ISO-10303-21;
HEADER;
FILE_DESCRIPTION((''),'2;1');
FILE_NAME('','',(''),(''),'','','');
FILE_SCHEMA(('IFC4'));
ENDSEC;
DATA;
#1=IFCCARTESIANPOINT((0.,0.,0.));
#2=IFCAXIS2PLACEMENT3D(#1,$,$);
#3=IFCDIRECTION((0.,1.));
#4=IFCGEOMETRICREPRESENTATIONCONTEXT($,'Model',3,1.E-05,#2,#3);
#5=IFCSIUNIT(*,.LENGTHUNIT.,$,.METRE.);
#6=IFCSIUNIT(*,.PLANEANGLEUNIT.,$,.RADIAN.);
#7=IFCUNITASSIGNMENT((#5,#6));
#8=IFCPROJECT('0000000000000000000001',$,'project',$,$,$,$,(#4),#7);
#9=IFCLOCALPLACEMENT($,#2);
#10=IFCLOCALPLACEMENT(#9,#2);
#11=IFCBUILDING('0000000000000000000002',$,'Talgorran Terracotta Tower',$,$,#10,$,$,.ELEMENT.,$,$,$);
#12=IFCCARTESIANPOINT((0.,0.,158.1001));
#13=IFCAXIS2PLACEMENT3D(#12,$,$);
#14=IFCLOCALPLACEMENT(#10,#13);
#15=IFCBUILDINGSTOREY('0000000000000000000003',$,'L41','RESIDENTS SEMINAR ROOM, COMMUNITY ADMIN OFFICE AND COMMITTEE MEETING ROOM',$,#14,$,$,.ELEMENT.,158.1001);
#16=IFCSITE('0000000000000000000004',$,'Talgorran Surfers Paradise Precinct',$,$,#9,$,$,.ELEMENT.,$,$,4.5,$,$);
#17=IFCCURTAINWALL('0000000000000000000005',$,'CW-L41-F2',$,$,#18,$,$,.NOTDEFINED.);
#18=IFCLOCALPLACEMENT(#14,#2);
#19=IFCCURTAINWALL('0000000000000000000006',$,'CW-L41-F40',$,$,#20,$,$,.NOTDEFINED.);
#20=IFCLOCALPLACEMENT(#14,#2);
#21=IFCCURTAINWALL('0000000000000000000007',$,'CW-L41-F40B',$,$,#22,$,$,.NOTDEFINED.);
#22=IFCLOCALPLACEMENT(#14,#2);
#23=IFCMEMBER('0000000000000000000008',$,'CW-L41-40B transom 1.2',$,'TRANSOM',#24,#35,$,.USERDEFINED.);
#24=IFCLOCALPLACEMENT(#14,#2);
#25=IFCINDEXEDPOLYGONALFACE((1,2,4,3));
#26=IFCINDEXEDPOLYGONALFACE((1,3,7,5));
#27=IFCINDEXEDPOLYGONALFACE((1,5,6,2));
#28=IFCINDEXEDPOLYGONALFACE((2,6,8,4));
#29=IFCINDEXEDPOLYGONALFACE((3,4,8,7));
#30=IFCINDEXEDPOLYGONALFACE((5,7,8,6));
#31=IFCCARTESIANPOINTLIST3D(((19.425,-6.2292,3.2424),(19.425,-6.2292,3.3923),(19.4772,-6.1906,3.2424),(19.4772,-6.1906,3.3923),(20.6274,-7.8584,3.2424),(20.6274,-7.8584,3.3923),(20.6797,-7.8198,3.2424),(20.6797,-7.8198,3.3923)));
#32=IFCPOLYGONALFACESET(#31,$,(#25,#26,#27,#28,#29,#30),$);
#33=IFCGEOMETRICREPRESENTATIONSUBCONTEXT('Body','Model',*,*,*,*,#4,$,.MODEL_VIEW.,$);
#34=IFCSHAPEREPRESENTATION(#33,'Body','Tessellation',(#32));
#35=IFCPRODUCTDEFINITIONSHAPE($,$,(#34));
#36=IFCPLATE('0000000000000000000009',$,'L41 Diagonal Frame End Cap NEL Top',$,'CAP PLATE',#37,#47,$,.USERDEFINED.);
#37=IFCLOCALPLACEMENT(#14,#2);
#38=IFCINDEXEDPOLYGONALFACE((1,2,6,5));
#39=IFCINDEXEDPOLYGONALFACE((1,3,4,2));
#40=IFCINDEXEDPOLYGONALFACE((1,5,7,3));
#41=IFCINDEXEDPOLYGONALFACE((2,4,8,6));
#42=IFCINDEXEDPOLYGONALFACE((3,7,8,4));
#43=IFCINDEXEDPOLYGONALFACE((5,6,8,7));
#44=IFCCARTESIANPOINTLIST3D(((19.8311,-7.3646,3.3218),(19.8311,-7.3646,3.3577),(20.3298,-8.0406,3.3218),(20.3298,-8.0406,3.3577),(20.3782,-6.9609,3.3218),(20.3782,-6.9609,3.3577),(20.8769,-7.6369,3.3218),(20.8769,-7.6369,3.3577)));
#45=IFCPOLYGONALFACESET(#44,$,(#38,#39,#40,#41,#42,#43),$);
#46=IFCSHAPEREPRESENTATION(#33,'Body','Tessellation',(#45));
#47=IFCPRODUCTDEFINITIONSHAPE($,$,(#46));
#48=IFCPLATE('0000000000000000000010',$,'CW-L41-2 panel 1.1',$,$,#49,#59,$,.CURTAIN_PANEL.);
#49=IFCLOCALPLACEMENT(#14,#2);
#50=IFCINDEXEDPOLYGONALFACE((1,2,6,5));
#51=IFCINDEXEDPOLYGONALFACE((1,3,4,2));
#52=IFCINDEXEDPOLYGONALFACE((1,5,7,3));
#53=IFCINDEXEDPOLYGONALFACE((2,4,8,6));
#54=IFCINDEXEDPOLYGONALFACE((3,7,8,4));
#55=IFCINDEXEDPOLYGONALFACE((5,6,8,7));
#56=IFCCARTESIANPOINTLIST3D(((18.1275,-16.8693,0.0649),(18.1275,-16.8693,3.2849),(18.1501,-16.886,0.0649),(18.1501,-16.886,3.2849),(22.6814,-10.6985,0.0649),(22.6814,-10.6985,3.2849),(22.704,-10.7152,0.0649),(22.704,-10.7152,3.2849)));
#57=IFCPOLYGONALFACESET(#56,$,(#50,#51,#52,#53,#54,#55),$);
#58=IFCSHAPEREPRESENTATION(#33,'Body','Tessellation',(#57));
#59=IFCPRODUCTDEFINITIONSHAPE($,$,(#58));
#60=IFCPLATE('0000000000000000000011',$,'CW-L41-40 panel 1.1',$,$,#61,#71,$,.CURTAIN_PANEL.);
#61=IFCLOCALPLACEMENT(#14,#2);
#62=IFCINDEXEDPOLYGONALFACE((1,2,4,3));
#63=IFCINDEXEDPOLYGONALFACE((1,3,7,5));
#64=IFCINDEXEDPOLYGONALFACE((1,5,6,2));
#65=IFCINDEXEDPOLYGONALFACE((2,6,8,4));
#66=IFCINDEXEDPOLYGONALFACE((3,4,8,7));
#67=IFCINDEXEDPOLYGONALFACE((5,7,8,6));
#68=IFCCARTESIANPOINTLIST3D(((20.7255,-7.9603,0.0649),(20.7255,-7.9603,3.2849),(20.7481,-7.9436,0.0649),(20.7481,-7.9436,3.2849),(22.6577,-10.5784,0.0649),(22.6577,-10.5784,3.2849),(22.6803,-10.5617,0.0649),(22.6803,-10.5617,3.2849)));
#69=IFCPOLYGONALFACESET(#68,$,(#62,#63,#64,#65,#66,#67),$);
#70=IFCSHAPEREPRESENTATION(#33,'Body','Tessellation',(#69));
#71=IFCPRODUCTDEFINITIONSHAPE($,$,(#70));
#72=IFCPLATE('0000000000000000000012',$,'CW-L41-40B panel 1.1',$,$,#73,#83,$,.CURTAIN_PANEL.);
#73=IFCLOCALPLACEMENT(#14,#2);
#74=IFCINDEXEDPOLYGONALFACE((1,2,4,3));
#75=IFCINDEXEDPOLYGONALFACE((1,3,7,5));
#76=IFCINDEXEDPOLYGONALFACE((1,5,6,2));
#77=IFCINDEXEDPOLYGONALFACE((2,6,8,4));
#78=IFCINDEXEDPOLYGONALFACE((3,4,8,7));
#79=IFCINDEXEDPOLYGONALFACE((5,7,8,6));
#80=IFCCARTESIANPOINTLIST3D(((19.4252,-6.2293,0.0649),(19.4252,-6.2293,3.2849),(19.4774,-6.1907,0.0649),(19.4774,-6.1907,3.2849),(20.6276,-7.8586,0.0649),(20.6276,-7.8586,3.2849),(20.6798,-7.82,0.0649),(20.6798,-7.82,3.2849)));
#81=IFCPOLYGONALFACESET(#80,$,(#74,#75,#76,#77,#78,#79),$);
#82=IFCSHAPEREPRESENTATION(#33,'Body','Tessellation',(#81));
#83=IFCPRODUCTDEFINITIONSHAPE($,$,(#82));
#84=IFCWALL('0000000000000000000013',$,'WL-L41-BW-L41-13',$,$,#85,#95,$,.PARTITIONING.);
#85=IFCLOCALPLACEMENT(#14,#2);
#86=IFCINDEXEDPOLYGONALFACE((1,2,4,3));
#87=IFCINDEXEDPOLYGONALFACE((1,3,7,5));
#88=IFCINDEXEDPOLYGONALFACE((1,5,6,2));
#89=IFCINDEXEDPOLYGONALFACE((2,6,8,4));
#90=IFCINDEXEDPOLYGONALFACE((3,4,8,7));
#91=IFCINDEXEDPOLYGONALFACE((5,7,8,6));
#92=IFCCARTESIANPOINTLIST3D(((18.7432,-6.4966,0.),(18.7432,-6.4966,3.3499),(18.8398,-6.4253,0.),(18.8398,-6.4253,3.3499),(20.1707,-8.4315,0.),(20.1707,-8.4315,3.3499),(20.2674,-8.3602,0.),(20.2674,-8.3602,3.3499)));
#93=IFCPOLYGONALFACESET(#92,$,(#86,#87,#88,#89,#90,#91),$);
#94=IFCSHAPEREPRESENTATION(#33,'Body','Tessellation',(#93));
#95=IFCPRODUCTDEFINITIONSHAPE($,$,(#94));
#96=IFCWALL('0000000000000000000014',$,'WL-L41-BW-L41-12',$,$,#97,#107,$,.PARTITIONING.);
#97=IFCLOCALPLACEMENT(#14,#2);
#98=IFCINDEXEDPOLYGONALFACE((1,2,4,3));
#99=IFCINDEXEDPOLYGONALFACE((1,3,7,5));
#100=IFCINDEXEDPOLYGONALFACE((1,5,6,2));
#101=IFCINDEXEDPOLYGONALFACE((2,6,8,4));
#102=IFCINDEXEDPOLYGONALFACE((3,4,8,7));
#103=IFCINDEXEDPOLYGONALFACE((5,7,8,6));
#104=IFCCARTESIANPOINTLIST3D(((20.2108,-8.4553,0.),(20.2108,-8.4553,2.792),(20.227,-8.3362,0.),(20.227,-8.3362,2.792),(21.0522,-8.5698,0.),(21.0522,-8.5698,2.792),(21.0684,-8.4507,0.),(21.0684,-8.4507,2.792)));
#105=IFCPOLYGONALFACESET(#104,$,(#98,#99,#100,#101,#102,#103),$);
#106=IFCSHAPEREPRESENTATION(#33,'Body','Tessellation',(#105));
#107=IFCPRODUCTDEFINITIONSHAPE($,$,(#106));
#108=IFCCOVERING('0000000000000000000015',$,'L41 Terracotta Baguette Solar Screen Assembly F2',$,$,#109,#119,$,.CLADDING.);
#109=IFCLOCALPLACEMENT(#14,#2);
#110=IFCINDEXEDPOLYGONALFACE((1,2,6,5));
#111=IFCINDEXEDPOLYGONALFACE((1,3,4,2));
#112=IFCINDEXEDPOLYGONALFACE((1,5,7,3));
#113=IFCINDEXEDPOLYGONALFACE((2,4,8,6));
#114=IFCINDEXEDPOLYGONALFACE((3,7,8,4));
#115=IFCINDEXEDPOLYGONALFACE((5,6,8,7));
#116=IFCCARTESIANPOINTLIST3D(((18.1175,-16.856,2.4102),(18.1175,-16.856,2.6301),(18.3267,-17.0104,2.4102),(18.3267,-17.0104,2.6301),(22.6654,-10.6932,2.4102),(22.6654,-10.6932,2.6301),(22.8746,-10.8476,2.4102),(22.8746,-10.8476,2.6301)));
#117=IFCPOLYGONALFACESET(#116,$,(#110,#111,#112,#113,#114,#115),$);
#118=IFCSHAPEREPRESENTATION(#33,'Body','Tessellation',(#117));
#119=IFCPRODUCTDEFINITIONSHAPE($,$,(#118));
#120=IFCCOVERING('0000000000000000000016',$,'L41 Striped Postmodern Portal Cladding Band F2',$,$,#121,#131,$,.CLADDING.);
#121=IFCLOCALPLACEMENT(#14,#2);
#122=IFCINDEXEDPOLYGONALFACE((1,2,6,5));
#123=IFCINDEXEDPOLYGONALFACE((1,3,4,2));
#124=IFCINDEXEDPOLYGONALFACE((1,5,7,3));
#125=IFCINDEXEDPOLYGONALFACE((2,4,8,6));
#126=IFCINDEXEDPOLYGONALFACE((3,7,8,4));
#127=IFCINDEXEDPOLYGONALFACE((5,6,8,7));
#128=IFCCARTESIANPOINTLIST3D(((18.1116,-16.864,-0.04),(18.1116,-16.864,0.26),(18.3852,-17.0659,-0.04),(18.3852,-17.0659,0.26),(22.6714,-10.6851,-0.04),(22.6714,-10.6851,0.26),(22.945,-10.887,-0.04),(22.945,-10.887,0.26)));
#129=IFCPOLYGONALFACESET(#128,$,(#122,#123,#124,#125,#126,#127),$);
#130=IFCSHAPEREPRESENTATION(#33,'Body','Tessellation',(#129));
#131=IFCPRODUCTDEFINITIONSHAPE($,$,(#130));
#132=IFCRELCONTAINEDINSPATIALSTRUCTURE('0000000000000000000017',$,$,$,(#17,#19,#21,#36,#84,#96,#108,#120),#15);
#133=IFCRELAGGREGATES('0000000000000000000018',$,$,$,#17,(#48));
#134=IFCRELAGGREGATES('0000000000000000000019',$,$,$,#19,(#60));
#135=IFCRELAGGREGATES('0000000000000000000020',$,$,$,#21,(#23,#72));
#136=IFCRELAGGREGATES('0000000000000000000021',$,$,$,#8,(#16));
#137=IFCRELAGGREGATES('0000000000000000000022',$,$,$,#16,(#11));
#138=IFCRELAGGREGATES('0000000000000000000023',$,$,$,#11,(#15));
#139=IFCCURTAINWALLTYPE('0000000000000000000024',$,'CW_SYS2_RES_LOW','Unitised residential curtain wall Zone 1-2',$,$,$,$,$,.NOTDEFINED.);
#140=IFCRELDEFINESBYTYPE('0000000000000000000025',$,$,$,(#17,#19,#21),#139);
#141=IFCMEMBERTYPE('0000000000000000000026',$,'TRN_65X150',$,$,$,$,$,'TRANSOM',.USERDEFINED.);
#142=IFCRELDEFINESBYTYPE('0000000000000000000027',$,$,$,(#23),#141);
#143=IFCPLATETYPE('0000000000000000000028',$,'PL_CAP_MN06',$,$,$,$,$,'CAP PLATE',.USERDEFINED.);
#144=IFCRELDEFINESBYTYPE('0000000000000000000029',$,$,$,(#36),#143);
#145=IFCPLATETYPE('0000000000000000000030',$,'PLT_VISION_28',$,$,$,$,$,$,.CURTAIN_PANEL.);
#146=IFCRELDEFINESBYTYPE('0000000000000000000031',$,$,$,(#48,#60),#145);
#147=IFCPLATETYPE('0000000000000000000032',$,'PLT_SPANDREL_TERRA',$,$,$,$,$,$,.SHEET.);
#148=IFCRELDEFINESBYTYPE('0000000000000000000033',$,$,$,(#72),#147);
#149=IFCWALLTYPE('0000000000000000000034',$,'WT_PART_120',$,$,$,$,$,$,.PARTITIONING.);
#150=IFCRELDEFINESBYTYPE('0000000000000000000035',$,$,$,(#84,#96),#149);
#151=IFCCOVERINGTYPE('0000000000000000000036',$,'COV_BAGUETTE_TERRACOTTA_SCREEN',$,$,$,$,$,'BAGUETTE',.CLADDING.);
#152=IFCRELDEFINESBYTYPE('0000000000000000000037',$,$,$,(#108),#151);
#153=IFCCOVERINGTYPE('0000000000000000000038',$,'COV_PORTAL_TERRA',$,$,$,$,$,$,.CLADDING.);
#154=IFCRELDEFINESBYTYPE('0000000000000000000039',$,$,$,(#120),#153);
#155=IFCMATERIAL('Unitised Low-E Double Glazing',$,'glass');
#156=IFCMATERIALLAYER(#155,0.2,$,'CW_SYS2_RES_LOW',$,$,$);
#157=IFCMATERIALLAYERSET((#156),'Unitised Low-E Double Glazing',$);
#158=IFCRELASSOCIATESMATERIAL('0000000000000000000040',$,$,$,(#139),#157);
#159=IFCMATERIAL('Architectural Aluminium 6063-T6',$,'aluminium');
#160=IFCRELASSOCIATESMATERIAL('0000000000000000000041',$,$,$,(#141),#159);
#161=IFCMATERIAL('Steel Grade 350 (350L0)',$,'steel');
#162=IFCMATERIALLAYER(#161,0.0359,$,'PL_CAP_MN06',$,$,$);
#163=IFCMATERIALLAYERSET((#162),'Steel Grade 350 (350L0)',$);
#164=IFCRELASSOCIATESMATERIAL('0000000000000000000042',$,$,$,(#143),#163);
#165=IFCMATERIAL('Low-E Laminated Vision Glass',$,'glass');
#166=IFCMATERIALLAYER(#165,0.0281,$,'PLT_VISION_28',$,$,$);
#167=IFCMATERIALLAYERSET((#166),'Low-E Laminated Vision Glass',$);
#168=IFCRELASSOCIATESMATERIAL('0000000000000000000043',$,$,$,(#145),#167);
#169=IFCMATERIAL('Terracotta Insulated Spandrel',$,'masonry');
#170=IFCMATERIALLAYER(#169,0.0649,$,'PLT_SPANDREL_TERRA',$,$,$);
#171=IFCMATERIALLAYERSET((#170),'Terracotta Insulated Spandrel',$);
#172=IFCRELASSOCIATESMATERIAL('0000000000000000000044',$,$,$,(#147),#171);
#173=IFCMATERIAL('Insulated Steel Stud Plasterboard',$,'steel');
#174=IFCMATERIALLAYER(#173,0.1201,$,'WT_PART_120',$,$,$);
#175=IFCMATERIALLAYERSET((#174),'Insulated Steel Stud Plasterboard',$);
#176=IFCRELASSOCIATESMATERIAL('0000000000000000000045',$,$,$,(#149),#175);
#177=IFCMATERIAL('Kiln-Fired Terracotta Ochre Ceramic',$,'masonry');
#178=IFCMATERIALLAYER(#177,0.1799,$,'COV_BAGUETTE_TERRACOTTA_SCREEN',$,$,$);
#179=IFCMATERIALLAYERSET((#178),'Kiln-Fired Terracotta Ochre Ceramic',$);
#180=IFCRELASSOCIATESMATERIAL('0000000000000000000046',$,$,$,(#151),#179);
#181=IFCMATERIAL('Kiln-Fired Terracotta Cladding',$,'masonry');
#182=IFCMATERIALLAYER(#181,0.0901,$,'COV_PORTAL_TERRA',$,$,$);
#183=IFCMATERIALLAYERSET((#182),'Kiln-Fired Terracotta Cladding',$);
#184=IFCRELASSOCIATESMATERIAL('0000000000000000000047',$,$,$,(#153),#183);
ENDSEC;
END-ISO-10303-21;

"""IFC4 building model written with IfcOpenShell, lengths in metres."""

from ifc_helpers import new_model, si_unit, direction, frame, frame_2d, origin, origin_2d, place, context, subcontext, project, spatial, rectangle, extrude, source, transform, mapped, material, layer, layer_set, material_profile, profile_set, type_object, type_shapes, element, aggregate, save


model = new_model("IFC4")

# Units and contexts
model_context = context("Model", 3, precision=1e-05, world=origin(), true_north=direction((0.0, 1.0)))
body_context = subcontext(model_context, "Body", "Model", "MODEL_VIEW")
ifc_project = project(units=[si_unit("LENGTHUNIT", "METRE"), si_unit("PLANEANGLEUNIT", "RADIAN")], contexts=[model_context])

# Site, building, storey
site_placement = place(None, origin())
site = spatial("IfcSite", under=ifc_project, at=site_placement, Name="Talgorran Surfers Paradise Precinct", CompositionType="ELEMENT", RefElevation=4.5)
building_placement = place(site_placement, origin())
building = spatial("IfcBuilding", under=site, at=building_placement, Name="Talgorran Terracotta Tower", CompositionType="ELEMENT")
storey_placement = place(building_placement, frame((0.0, 0.0, 158.1001)))
storey = spatial("IfcBuildingStorey", under=building, at=storey_placement, Name="L41", Description="RESIDENTS SEMINAR ROOM, COMMUNITY ADMIN OFFICE AND COMMITTEE MEETING ROOM", CompositionType="ELEMENT", Elevation=158.1001)

# Shared definitions
ifc_material_1 = material(Name="Steel Grade 350 (350L0)", Category="steel")

# Shared definitions
ifc_material_2 = material(Name="Unitised Low-E Double Glazing", Category="glass")
ifc_layer_1 = layer(ifc_material_2, 0.2, Name="CW_SYS2_RES_LOW")
ifc_layer_set_1 = layer_set([ifc_layer_1], Name="Unitised Low-E Double Glazing")
curtain_wall_type = type_object("IfcCurtainWallType", Name="CW_SYS2_RES_LOW", Description="Unitised residential curtain wall Zone 1-2", PredefinedType="NOTDEFINED", material=ifc_layer_set_1)
ifc_material_3 = material(Name="Architectural Aluminium 6063-T6", Category="aluminium")

# Curtain walls
curtain_wall_1_placement = place(storey_placement, origin())
curtain_wall_1 = element("IfcCurtainWall", 1, at=curtain_wall_1_placement, inside=storey, type_object=curtain_wall_type, Name="CW-L41-F2", PredefinedType="NOTDEFINED")
curtain_wall_2_placement = place(storey_placement, origin())
curtain_wall_2 = element("IfcCurtainWall", 2, at=curtain_wall_2_placement, inside=storey, type_object=curtain_wall_type, Name="CW-L41-F40", PredefinedType="NOTDEFINED")

# Curtain wall
curtain_wall_3_placement = place(storey_placement, origin())
curtain_wall_3 = element("IfcCurtainWall", 3, at=curtain_wall_3_placement, inside=storey, type_object=curtain_wall_type, Name="CW-L41-F40B", PredefinedType="NOTDEFINED")

# Member
ifc_material_profile_1 = material_profile(ifc_material_3, rectangle(XDim=0.0649, YDim=0.1499, at=origin_2d()), Name="CWT65X150")
ifc_profile_set_1 = profile_set([ifc_material_profile_1], Name="Architectural Aluminium 6063-T6")
member_type_1 = type_object("IfcMemberType", Name="TRN_65X150", ElementType="TRANSOM", PredefinedType="USERDEFINED", material=ifc_profile_set_1)
member_1_placement = place(storey_placement, frame((20.6536, -7.8391, 3.3174), z_axis=(-0.593828, 0.804592, 0.0), x_axis=(-0.804592, -0.593828, 0.0)))
member_1 = element("IfcMember", 4, at=member_1_placement, type_object=member_type_1, Name="CW-L41-40B transom 1.2", ObjectType="TRANSOM", PredefinedType="USERDEFINED", context=body_context, shape_type="SweptSolid", body=[
    extrude(rectangle(XDim=0.0649, YDim=0.1499, at=origin_2d()), origin(), (0.0, 0.0, 1.0), 2.0249),
])

# Plates
ifc_layer_2 = layer(ifc_material_1, 0.0359, Name="PL_CAP_MN06")
ifc_layer_set_2 = layer_set([ifc_layer_2], Name="Steel Grade 350 (350L0)")
plate_type_1 = type_object("IfcPlateType", Name="PL_CAP_MN06", ElementType="CAP PLATE", PredefinedType="USERDEFINED", material=ifc_layer_set_2)
plate_1_placement = place(storey_placement, frame((20.354, -7.5007, 3.3218), z_axis=(0.0, 0.0, 1.0), x_axis=(0.5937, -0.804687, 0.0)))
element("IfcPlate", 5, at=plate_1_placement, inside=storey, type_object=plate_type_1, Name="L41 Diagonal Frame End Cap NEL Top", ObjectType="CAP PLATE", PredefinedType="USERDEFINED", context=body_context, shape_type="SweptSolid", body=[
    extrude(rectangle(XDim=0.8401, YDim=0.6799, at=origin_2d()), origin(), (0.0, 0.0, 1.0), 0.0359),
])
ifc_material_4 = material(Name="Low-E Laminated Vision Glass", Category="glass")
ifc_layer_3 = layer(ifc_material_4, 0.0281, Name="PLT_VISION_28")
ifc_layer_set_3 = layer_set([ifc_layer_3], Name="Low-E Laminated Vision Glass")
plate_type_2 = type_object("IfcPlateType", Name="PLT_VISION_28", PredefinedType="CURTAIN_PANEL", material=ifc_layer_set_3)
shared_shape_1 = source(origin(), body_context, "Body", "SweptSolid", [
    extrude(rectangle(XDim=7.6692, YDim=0.0281, at=origin_2d()), origin(), (0.0, 0.0, 1.0), 3.22),
])
plate_2_placement = place(storey_placement, frame((20.4158, -13.7922, 0.0649), z_axis=(0.0, 0.0, 1.0), x_axis=(0.593791, 0.80462, 0.0)))
plate_2 = element("IfcPlate", 6, at=plate_2_placement, type_object=plate_type_2, Name="CW-L41-2 panel 1.1", PredefinedType="CURTAIN_PANEL", context=body_context, shape_type="MappedRepresentation", body=[
    mapped(shared_shape_1, transform((0.0, 0.0, 0.0), scale=1.0)),
])
aggregate(curtain_wall_1, [plate_2])
shared_shape_2 = source(origin(), body_context, "Body", "SweptSolid", [
    extrude(rectangle(XDim=3.2539, YDim=0.0281, at=origin_2d()), origin(), (0.0, 0.0, 1.0), 3.22),
])
type_shapes(plate_type_2, [shared_shape_1, shared_shape_2])
plate_3_placement = place(storey_placement, frame((21.7029, -9.261, 0.0649), z_axis=(0.0, 0.0, 1.0), x_axis=(-0.593798, 0.804614, 0.0)))
plate_3 = element("IfcPlate", 7, at=plate_3_placement, type_object=plate_type_2, Name="CW-L41-40 panel 1.1", PredefinedType="CURTAIN_PANEL", context=body_context, shape_type="MappedRepresentation", body=[
    mapped(shared_shape_2, transform((0.0, 0.0, 0.0), scale=1.0)),
])
aggregate(curtain_wall_2, [plate_3])
ifc_material_5 = material(Name="Terracotta Insulated Spandrel", Category="masonry")
ifc_layer_4 = layer(ifc_material_5, 0.0649, Name="PLT_SPANDREL_TERRA")
ifc_layer_set_4 = layer_set([ifc_layer_4], Name="Terracotta Insulated Spandrel")
plate_type_3 = type_object("IfcPlateType", Name="PLT_SPANDREL_TERRA", PredefinedType="SHEET", material=ifc_layer_set_4)
shared_shape_3 = source(origin(), body_context, "Body", "SweptSolid", [
    extrude(rectangle(XDim=2.0249, YDim=0.0649, at=origin_2d()), origin(), (0.0, 0.0, 1.0), 3.22),
])
type_shapes(plate_type_3, [shared_shape_3])
plate_4_placement = place(storey_placement, frame((20.0525, -7.0247, 0.0649), z_axis=(0.0, 0.0, 1.0), x_axis=(-0.593797, 0.804615, 0.0)))
plate_4 = element("IfcPlate", 8, at=plate_4_placement, type_object=plate_type_3, Name="CW-L41-40B panel 1.1", PredefinedType="CURTAIN_PANEL", context=body_context, shape_type="MappedRepresentation", body=[
    mapped(shared_shape_3, transform((0.0, 0.0, 0.0), scale=1.0)),
])
aggregate(curtain_wall_3, [member_1, plate_4])

# Walls
ifc_material_6 = material(Name="Insulated Steel Stud Plasterboard", Category="steel")
ifc_layer_5 = layer(ifc_material_6, 0.1201, Name="WT_PART_120")
ifc_layer_set_5 = layer_set([ifc_layer_5], Name="Insulated Steel Stud Plasterboard")
wall_type = type_object("IfcWallType", Name="WT_PART_120", PredefinedType="PARTITIONING", material=ifc_layer_set_5)
wall_1_placement = place(storey_placement, frame((20.219, -8.3958, 0.0), z_axis=(0.0, 0.0, 1.0), x_axis=(-0.593694, 0.804691, 0.0)))
element("IfcWall", 9, at=wall_1_placement, inside=storey, type_object=wall_type, Name="WL-L41-BW-L41-13", PredefinedType="PARTITIONING", context=body_context, shape_type="SweptSolid", body=[
    extrude(rectangle(XDim=2.4045, YDim=0.1201, at=frame_2d((1.2021, 0.0))), origin(), (0.0, 0.0, 1.0), 3.3499),
])
wall_2_placement = place(storey_placement, frame((21.0603, -8.5103, 0.0), z_axis=(0.0, 0.0, 1.0), x_axis=(-0.990865, 0.134857, 0.0)))
element("IfcWall", 10, at=wall_2_placement, inside=storey, type_object=wall_type, Name="WL-L41-BW-L41-12", PredefinedType="PARTITIONING", context=body_context, shape_type="SweptSolid", body=[
    extrude(rectangle(XDim=0.8491, YDim=0.1201, at=frame_2d((0.4246, 0.0))), origin(), (0.0, 0.0, 1.0), 2.792),
])

# Coverings
ifc_material_7 = material(Name="Kiln-Fired Terracotta Ochre Ceramic", Category="masonry")
ifc_layer_6 = layer(ifc_material_7, 0.1799, Name="COV_BAGUETTE_TERRACOTTA_SCREEN")
ifc_layer_set_6 = layer_set([ifc_layer_6], Name="Kiln-Fired Terracotta Ochre Ceramic")
covering_type_1 = type_object("IfcCoveringType", Name="COV_BAGUETTE_TERRACOTTA_SCREEN", ElementType="BAGUETTE", PredefinedType="CLADDING", material=ifc_layer_set_6)
covering_1_placement = place(storey_placement, frame((20.4961, -13.8518, 2.4102), z_axis=(0.0, 0.0, 1.0), x_axis=(0.593784, 0.804624, 0.0)))
element("IfcCovering", 11, at=covering_1_placement, inside=storey, type_object=covering_type_1, Name="L41 Terracotta Baguette Solar Screen Assembly F2", PredefinedType="CLADDING", context=body_context, shape_type="SweptSolid", body=[
    extrude(rectangle(XDim=7.6592, YDim=0.26, at=origin_2d()), origin(), (0.0, 0.0, 1.0), 0.22),
])
ifc_material_8 = material(Name="Kiln-Fired Terracotta Cladding", Category="masonry")
ifc_layer_7 = layer(ifc_material_8, 0.0901, Name="COV_PORTAL_TERRA")
ifc_layer_set_7 = layer_set([ifc_layer_7], Name="Kiln-Fired Terracotta Cladding")
covering_type_2 = type_object("IfcCoveringType", Name="COV_PORTAL_TERRA", PredefinedType="CLADDING", material=ifc_layer_set_7)
covering_2_placement = place(storey_placement, frame((20.5283, -13.8755, -0.04), z_axis=(0.0, 0.0, 1.0), x_axis=(0.593784, 0.804624, 0.0)))
element("IfcCovering", 12, at=covering_2_placement, inside=storey, type_object=covering_type_2, Name="L41 Striped Postmodern Portal Cladding Band F2", PredefinedType="CLADDING", context=body_context, shape_type="SweptSolid", body=[
    extrude(rectangle(XDim=7.6792, YDim=0.3401, at=origin_2d()), origin(), (0.0, 0.0, 1.0), 0.3),
])

save(model, "model.ifc")
